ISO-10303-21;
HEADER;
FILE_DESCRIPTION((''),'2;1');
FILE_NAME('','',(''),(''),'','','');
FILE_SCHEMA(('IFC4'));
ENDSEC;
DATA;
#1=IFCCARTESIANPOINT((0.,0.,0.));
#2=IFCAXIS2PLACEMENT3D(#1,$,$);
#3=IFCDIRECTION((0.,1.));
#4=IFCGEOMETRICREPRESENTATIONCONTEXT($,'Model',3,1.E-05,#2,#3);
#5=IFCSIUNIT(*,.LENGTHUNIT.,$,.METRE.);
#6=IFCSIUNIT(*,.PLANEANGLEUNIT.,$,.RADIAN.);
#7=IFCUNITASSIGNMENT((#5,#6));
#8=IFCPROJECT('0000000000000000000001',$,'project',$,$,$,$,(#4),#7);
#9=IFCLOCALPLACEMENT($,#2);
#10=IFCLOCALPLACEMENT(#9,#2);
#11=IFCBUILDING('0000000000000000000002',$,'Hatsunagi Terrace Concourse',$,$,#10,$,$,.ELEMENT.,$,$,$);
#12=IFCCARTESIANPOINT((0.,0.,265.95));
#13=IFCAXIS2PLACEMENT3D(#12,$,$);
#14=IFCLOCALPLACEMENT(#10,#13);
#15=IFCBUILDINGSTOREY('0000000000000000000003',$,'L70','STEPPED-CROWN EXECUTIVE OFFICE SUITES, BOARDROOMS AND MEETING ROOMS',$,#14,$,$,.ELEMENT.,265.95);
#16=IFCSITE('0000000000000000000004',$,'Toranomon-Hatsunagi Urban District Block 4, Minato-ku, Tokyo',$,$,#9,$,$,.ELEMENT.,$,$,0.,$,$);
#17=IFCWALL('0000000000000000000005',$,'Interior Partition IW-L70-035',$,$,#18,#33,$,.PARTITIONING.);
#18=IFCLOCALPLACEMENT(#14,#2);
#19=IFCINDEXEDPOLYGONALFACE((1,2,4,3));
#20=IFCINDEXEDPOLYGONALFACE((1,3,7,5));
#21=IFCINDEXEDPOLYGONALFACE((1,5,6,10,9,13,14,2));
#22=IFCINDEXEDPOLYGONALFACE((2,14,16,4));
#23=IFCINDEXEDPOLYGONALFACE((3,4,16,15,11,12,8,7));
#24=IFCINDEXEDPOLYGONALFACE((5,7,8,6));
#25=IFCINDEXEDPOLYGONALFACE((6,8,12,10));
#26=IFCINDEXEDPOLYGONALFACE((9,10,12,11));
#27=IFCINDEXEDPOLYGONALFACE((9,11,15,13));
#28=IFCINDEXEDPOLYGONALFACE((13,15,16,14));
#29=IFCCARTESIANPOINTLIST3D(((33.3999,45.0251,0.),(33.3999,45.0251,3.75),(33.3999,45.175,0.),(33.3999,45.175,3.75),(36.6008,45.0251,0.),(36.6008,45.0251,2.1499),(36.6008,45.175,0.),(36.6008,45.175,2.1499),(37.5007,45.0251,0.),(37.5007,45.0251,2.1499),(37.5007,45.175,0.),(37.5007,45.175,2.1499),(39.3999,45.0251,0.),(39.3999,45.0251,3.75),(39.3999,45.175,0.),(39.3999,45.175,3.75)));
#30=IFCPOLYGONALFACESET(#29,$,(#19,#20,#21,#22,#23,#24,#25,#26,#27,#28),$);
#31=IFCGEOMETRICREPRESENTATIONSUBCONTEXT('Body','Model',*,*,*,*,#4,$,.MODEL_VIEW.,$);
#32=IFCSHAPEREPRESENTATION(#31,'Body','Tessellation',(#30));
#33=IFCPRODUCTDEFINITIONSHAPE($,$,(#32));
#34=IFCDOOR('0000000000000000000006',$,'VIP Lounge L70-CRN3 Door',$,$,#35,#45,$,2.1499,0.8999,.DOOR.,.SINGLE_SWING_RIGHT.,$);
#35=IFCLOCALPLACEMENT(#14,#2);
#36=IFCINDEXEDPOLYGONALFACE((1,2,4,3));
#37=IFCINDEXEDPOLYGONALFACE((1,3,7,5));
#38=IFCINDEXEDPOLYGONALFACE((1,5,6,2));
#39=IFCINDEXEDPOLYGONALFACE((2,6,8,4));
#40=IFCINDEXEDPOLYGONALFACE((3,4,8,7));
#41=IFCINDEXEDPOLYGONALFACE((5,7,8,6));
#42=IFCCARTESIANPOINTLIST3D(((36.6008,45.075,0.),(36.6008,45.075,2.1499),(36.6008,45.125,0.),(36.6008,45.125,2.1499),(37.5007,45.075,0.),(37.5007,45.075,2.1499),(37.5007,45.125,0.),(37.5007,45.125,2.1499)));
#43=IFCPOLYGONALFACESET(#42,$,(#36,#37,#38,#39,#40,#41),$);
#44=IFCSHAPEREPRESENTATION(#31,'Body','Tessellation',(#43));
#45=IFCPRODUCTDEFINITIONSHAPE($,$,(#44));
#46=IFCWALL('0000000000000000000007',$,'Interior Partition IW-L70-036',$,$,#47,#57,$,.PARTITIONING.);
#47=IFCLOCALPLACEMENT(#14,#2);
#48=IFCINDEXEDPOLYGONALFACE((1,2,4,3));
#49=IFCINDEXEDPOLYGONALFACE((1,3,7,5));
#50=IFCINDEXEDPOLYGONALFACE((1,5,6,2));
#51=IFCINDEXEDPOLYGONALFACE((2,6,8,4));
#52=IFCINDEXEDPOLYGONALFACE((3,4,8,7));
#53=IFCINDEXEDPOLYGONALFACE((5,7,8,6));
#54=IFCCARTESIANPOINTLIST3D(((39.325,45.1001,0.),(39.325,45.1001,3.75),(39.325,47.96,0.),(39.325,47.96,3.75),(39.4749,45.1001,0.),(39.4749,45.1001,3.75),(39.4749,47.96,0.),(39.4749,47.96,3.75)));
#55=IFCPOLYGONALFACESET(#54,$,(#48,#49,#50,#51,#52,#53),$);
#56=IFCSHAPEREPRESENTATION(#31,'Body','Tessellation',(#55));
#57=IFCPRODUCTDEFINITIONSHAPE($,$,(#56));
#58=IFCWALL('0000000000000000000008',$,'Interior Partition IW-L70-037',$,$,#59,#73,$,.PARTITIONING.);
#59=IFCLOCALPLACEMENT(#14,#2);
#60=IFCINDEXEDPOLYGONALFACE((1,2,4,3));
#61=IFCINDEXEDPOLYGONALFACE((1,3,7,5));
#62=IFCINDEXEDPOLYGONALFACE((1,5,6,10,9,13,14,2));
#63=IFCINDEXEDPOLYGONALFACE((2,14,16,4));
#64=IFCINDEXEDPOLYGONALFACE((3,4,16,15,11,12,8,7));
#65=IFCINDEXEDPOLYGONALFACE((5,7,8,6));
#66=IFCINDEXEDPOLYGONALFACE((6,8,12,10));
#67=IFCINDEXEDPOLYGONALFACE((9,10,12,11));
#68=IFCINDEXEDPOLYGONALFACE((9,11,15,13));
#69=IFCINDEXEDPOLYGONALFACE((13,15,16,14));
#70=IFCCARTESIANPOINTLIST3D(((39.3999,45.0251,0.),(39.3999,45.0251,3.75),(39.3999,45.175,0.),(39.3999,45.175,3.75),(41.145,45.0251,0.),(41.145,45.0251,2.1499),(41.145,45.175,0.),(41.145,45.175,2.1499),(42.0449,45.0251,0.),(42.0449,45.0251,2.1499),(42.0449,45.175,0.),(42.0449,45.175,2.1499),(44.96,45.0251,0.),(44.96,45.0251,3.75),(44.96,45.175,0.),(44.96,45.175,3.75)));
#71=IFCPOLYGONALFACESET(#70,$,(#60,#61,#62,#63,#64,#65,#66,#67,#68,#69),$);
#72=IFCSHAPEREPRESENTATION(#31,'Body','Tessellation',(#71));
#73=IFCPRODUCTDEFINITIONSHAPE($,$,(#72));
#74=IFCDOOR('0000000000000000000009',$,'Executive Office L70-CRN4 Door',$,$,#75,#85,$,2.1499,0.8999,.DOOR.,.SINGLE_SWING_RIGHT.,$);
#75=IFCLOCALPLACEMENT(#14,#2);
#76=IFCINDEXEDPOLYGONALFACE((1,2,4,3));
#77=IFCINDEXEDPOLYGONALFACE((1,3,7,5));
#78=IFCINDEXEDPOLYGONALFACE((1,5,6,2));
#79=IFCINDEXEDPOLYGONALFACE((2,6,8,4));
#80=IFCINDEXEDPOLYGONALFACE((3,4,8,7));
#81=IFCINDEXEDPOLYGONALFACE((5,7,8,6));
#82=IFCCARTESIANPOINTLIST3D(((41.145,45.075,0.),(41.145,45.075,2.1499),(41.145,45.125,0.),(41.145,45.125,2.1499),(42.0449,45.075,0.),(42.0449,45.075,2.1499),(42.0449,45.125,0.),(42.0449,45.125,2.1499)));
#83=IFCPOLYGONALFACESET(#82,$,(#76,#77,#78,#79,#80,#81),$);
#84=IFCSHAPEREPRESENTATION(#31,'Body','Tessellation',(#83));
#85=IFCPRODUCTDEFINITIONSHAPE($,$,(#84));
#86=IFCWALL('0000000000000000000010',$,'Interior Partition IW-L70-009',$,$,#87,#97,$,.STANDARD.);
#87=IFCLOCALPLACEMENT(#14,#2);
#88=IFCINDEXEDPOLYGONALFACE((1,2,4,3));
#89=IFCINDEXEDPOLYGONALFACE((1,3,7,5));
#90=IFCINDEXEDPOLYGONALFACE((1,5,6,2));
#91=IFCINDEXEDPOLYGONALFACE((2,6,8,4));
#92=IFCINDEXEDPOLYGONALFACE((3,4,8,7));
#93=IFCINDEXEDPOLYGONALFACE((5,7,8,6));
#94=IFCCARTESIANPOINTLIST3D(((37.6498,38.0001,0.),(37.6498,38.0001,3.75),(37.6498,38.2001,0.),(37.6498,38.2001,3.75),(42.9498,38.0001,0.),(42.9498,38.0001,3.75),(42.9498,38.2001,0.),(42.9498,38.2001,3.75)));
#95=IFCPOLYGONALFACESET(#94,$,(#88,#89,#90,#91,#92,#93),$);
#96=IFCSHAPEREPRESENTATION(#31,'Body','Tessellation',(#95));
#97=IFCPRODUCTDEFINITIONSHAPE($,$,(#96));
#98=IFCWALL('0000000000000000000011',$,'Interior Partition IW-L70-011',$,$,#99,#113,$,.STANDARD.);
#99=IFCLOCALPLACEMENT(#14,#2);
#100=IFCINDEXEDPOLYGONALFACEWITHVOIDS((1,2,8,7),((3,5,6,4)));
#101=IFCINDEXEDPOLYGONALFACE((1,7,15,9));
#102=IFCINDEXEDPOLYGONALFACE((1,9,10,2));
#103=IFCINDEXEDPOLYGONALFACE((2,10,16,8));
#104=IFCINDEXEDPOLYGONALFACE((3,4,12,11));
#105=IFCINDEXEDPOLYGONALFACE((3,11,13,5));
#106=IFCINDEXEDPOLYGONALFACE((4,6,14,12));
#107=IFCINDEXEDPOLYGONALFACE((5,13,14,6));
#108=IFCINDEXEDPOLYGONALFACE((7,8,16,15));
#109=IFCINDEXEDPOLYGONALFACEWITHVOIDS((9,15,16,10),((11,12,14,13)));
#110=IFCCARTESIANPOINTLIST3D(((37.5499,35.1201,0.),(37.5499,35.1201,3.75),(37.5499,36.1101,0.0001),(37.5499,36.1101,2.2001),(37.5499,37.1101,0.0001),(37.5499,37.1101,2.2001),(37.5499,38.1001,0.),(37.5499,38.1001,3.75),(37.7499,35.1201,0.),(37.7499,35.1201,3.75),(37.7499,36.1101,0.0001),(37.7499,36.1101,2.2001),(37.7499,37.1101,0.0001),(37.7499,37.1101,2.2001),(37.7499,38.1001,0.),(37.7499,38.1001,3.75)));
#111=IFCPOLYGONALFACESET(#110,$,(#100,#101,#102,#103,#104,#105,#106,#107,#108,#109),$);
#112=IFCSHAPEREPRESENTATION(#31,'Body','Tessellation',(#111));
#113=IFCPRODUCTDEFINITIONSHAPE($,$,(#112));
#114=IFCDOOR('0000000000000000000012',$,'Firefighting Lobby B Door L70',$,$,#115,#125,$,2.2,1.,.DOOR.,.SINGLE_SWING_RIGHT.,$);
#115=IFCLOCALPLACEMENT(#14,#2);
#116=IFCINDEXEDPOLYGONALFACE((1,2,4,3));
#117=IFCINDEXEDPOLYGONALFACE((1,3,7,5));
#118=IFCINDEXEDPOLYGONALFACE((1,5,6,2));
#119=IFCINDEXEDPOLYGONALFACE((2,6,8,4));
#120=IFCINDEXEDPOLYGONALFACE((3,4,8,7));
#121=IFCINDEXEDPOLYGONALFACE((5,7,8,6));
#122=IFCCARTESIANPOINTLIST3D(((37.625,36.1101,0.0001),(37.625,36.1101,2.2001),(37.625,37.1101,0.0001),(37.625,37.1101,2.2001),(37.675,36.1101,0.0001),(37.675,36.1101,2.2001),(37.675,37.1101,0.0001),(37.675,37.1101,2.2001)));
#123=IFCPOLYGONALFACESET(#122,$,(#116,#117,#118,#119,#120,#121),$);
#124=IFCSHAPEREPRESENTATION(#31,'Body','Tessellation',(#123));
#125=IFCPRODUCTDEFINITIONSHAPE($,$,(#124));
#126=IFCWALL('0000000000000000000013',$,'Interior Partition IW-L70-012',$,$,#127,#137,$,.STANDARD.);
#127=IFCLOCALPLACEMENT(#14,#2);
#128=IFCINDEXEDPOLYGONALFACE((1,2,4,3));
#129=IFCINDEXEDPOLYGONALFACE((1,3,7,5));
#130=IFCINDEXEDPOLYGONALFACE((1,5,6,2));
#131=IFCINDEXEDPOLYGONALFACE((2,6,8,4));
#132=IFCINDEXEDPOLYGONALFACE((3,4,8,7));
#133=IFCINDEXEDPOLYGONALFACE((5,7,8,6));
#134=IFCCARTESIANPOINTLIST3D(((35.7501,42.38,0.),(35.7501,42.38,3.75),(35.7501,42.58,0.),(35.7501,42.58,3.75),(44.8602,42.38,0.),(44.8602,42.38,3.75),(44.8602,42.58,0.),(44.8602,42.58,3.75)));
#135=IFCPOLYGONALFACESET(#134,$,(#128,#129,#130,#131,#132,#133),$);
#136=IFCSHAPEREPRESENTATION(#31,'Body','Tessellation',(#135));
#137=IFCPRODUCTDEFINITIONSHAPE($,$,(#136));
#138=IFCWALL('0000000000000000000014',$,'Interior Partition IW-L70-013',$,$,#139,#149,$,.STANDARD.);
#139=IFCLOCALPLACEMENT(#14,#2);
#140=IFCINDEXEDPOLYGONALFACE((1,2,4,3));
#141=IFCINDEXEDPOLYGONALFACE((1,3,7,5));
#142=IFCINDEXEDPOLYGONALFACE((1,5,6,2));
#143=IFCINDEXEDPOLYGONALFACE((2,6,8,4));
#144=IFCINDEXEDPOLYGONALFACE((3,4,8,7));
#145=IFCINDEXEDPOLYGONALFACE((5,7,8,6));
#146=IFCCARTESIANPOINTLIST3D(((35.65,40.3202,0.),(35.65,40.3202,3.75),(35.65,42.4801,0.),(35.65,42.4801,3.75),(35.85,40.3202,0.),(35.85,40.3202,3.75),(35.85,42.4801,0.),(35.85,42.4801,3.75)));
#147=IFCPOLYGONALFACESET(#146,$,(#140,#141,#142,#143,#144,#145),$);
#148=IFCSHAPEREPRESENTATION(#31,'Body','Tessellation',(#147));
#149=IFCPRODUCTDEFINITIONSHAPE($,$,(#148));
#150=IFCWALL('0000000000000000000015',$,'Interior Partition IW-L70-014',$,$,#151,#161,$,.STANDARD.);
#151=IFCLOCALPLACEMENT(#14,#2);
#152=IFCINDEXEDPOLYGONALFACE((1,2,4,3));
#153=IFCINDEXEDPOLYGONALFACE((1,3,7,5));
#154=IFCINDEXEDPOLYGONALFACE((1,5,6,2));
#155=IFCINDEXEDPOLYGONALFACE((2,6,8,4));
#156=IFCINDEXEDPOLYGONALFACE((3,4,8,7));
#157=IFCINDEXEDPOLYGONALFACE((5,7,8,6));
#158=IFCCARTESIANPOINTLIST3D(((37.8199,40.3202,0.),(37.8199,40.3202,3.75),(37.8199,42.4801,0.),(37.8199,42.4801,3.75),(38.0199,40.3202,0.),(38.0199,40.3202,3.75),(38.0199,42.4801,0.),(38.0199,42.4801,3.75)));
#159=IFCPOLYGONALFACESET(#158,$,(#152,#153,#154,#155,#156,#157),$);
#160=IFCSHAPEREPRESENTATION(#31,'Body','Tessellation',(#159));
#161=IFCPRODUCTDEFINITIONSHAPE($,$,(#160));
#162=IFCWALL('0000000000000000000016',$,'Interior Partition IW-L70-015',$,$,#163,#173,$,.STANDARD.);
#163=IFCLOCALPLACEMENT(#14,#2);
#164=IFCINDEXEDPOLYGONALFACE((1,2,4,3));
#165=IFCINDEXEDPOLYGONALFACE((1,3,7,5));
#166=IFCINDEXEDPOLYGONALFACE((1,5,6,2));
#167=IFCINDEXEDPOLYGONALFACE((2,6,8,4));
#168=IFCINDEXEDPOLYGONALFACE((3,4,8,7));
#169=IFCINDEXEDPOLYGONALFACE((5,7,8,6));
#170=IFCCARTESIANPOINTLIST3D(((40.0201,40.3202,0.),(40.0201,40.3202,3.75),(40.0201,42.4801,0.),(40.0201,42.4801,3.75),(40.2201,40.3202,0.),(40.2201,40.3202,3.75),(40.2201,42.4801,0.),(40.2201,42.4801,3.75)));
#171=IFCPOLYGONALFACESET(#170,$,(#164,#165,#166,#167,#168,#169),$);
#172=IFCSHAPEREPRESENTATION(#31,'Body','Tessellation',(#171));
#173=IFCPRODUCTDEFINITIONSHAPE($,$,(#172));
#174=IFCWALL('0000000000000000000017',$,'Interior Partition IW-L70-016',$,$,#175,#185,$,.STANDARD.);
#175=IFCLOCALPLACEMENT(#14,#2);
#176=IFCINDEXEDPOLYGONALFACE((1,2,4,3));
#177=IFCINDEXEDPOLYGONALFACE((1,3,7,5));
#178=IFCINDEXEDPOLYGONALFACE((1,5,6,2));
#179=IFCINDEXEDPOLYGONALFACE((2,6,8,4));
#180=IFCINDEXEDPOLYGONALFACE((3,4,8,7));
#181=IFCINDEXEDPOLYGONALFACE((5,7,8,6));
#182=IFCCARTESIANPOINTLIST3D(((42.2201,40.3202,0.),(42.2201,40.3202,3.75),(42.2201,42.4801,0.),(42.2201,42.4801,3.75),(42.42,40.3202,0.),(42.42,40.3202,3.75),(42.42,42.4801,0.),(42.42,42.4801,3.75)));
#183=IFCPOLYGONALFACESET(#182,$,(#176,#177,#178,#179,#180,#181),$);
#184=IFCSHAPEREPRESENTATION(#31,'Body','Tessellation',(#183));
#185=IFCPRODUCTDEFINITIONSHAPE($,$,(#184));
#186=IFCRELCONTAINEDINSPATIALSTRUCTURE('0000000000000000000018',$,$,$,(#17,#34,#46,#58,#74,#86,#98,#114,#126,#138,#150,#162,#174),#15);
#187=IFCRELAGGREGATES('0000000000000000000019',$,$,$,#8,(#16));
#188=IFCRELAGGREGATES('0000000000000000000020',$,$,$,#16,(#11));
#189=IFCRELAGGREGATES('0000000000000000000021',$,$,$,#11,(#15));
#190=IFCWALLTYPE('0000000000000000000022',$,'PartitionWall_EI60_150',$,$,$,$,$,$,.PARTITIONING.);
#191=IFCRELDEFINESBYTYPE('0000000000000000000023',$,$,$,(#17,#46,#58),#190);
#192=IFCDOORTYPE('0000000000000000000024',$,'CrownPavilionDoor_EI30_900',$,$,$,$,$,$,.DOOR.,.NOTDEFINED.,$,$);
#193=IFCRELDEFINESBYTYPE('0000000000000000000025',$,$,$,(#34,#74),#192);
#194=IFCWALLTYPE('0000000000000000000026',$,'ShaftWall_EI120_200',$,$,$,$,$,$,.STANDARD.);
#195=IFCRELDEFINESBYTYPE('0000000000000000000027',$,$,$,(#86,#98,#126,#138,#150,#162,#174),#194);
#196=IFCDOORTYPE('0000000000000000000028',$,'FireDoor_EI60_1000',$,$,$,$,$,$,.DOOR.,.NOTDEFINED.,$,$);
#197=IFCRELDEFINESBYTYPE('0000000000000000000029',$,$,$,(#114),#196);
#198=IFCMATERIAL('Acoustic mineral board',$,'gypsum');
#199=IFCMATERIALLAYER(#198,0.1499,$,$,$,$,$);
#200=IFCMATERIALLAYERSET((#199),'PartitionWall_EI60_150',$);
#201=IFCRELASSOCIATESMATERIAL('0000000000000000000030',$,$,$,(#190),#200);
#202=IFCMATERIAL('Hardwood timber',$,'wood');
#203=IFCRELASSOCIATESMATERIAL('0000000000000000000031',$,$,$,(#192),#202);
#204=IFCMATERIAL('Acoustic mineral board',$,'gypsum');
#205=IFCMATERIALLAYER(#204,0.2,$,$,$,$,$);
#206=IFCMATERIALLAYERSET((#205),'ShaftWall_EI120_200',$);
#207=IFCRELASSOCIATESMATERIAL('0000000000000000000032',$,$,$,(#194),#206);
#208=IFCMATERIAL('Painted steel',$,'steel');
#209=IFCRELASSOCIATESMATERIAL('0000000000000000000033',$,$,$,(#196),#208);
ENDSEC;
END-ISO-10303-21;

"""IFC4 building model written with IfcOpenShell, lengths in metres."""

from ifc_helpers import new_model, si_unit, direction, frame, frame_2d, origin, place, context, subcontext, project, spatial, rectangle, extrude, material, layer, layer_set, type_object, element, fill, save


model = new_model("IFC4")

# Units and contexts
model_context = context("Model", 3, precision=1e-05, world=origin(), true_north=direction((0.0, 1.0)))
body_context = subcontext(model_context, "Body", "Model", "MODEL_VIEW")
ifc_project = project(units=[si_unit("LENGTHUNIT", "METRE"), si_unit("PLANEANGLEUNIT", "RADIAN")], contexts=[model_context])

# Site, building, storey
site_placement = place(None, origin())
site = spatial("IfcSite", under=ifc_project, at=site_placement, Name="Toranomon-Hatsunagi Urban District Block 4, Minato-ku, Tokyo", CompositionType="ELEMENT", RefElevation=0.0)
building_placement = place(site_placement, origin())
building = spatial("IfcBuilding", under=site, at=building_placement, Name="Hatsunagi Terrace Concourse", CompositionType="ELEMENT")
storey_placement = place(building_placement, frame((0.0, 0.0, 265.95)))
storey = spatial("IfcBuildingStorey", under=building, at=storey_placement, Name="L70", Description="STEPPED-CROWN EXECUTIVE OFFICE SUITES, BOARDROOMS AND MEETING ROOMS", CompositionType="ELEMENT", Elevation=265.95)

# Shared definitions
ifc_material_1 = material(Name="Acoustic mineral board", Category="gypsum")
ifc_layer_1 = layer(ifc_material_1, 0.1499)
ifc_layer_set_1 = layer_set([ifc_layer_1], Name="PartitionWall_EI60_150")
wall_type_1 = type_object("IfcWallType", Name="PartitionWall_EI60_150", PredefinedType="PARTITIONING", material=ifc_layer_set_1)

# Wall, opening, door
wall_1_placement = place(storey_placement, frame((33.3999, 45.1001, 0.0), z_axis=(0.0, 0.0, 1.0), x_axis=(1.0, 0.0, 0.0)))
wall_1 = element("IfcWall", 1, at=wall_1_placement, inside=storey, type_object=wall_type_1, Name="Interior Partition IW-L70-035", PredefinedType="PARTITIONING", context=body_context, shape_type="SweptSolid", body=[
    extrude(rectangle(XDim=6.0, YDim=0.1499, at=frame_2d((3.0, 0.0))), origin(), (0.0, 0.0, 1.0), 3.75),
])
opening_1_placement = place(wall_1_placement, frame((3.2009, 0.0, 0.0)))
opening_1 = element("IfcOpeningElement", 2, at=opening_1_placement, cuts=wall_1, PredefinedType="OPENING", context=body_context, shape_type="SweptSolid", body=[
    extrude(rectangle(XDim=0.8999, YDim=2.1499, at=frame_2d((0.45, 1.075))), frame((0.0, 0.085, 0.0), z_axis=(0.0, -1.0, 0.0), x_axis=(1.0, 0.0, 0.0)), (0.0, 0.0, 1.0), 0.1699),
])
ifc_material_2 = material(Name="Hardwood timber", Category="wood")
door_type_1 = type_object("IfcDoorType", Name="CrownPavilionDoor_EI30_900", OperationType="NOTDEFINED", PredefinedType="DOOR", material=ifc_material_2)
door_1_placement = place(opening_1_placement, origin())
door_1 = element("IfcDoor", 3, at=door_1_placement, inside=storey, type_object=door_type_1, Name="VIP Lounge L70-CRN3 Door", OperationType="SINGLE_SWING_RIGHT", OverallHeight=2.1499, OverallWidth=0.8999, PredefinedType="DOOR", context=body_context, shape_type="SweptSolid", body=[
    extrude(rectangle(XDim=0.8999, YDim=2.1499, at=frame_2d((0.45, 1.075))), frame((0.0, 0.0249, 0.0), z_axis=(0.0, -1.0, 0.0), x_axis=(1.0, 0.0, 0.0)), (0.0, 0.0, 1.0), 0.05),
])
fill(opening_1, door_1)

# Wall
wall_2_placement = place(storey_placement, frame((39.3999, 45.1001, 0.0), z_axis=(0.0, 0.0, 1.0), x_axis=(0.0, 1.0, 0.0)))
element("IfcWall", 4, at=wall_2_placement, inside=storey, type_object=wall_type_1, Name="Interior Partition IW-L70-036", PredefinedType="PARTITIONING", context=body_context, shape_type="SweptSolid", body=[
    extrude(rectangle(XDim=2.8599, YDim=0.1499, at=frame_2d((1.4299, 0.0))), origin(), (0.0, 0.0, 1.0), 3.75),
])

# Wall, opening, door
wall_3_placement = place(storey_placement, frame((39.3999, 45.1001, 0.0), z_axis=(0.0, 0.0, 1.0), x_axis=(1.0, 0.0, 0.0)))
wall_3 = element("IfcWall", 5, at=wall_3_placement, inside=storey, type_object=wall_type_1, Name="Interior Partition IW-L70-037", PredefinedType="PARTITIONING", context=body_context, shape_type="SweptSolid", body=[
    extrude(rectangle(XDim=5.5601, YDim=0.1499, at=frame_2d((2.78, 0.0))), origin(), (0.0, 0.0, 1.0), 3.75),
])
opening_2_placement = place(wall_3_placement, frame((1.7451, 0.0, 0.0)))
opening_2 = element("IfcOpeningElement", 6, at=opening_2_placement, cuts=wall_3, PredefinedType="OPENING", context=body_context, shape_type="SweptSolid", body=[
    extrude(rectangle(XDim=0.8999, YDim=2.1499, at=frame_2d((0.45, 1.075))), frame((0.0, 0.085, 0.0), z_axis=(0.0, -1.0, 0.0), x_axis=(1.0, 0.0, 0.0)), (0.0, 0.0, 1.0), 0.1699),
])
door_2_placement = place(opening_2_placement, origin())
door_2 = element("IfcDoor", 7, at=door_2_placement, inside=storey, type_object=door_type_1, Name="Executive Office L70-CRN4 Door", OperationType="SINGLE_SWING_RIGHT", OverallHeight=2.1499, OverallWidth=0.8999, PredefinedType="DOOR", context=body_context, shape_type="SweptSolid", body=[
    extrude(rectangle(XDim=0.8999, YDim=2.1499, at=frame_2d((0.45, 1.075))), frame((0.0, 0.0249, 0.0), z_axis=(0.0, -1.0, 0.0), x_axis=(1.0, 0.0, 0.0)), (0.0, 0.0, 1.0), 0.05),
])
fill(opening_2, door_2)

# Wall
ifc_material_3 = material(Name="Acoustic mineral board", Category="gypsum")
ifc_layer_2 = layer(ifc_material_3, 0.2)
ifc_layer_set_2 = layer_set([ifc_layer_2], Name="ShaftWall_EI120_200")
wall_type_2 = type_object("IfcWallType", Name="ShaftWall_EI120_200", PredefinedType="STANDARD", material=ifc_layer_set_2)
wall_4_placement = place(storey_placement, frame((37.6499, 38.1001, 0.0), z_axis=(0.0, 0.0, 1.0), x_axis=(1.0, 0.0, 0.0)))
element("IfcWall", 8, at=wall_4_placement, inside=storey, type_object=wall_type_2, Name="Interior Partition IW-L70-009", PredefinedType="STANDARD", context=body_context, shape_type="SweptSolid", body=[
    extrude(rectangle(XDim=5.3, YDim=0.2, at=frame_2d((2.6499, 0.0))), origin(), (0.0, 0.0, 1.0), 3.75),
])

# Wall, opening, door
wall_5_placement = place(storey_placement, frame((37.6499, 35.1201, 0.0), z_axis=(0.0, 0.0, 1.0), x_axis=(0.0, 1.0, 0.0)))
wall_5 = element("IfcWall", 9, at=wall_5_placement, inside=storey, type_object=wall_type_2, Name="Interior Partition IW-L70-011", PredefinedType="STANDARD", context=body_context, shape_type="SweptSolid", body=[
    extrude(rectangle(XDim=2.98, YDim=0.2, at=frame_2d((1.49, 0.0))), origin(), (0.0, 0.0, 1.0), 3.75),
])
opening_3_placement = place(wall_5_placement, frame((0.99, 0.0, 0.0)))
opening_3 = element("IfcOpeningElement", 10, at=opening_3_placement, cuts=wall_5, PredefinedType="OPENING", context=body_context, shape_type="SweptSolid", body=[
    extrude(rectangle(XDim=1.0, YDim=2.2, at=frame_2d((0.5, 1.1001))), frame((0.0, 0.1099, 0.0), z_axis=(0.0, -1.0, 0.0), x_axis=(1.0, 0.0, 0.0)), (0.0, 0.0, 1.0), 0.22),
])
ifc_material_4 = material(Name="Painted steel", Category="steel")
door_type_2 = type_object("IfcDoorType", Name="FireDoor_EI60_1000", OperationType="NOTDEFINED", PredefinedType="DOOR", material=ifc_material_4)
door_3_placement = place(opening_3_placement, origin())
door_3 = element("IfcDoor", 11, at=door_3_placement, inside=storey, type_object=door_type_2, Name="Firefighting Lobby B Door L70", OperationType="SINGLE_SWING_RIGHT", OverallHeight=2.2, OverallWidth=1.0, PredefinedType="DOOR", context=body_context, shape_type="SweptSolid", body=[
    extrude(rectangle(XDim=1.0, YDim=2.2, at=frame_2d((0.5, 1.1001))), frame((0.0, 0.0249, 0.0), z_axis=(0.0, -1.0, 0.0), x_axis=(1.0, 0.0, 0.0)), (0.0, 0.0, 1.0), 0.05),
])
fill(opening_3, door_3)

# Walls
wall_6_placement = place(storey_placement, frame((35.75, 42.48, 0.0), z_axis=(0.0, 0.0, 1.0), x_axis=(1.0, 0.0, 0.0)))
element("IfcWall", 12, at=wall_6_placement, inside=storey, type_object=wall_type_2, Name="Interior Partition IW-L70-012", PredefinedType="STANDARD", context=body_context, shape_type="SweptSolid", body=[
    extrude(rectangle(XDim=9.1101, YDim=0.2, at=frame_2d((4.5552, 0.0))), origin(), (0.0, 0.0, 1.0), 3.75),
])
for number, where, z_axis, x_axis, name in (
    (13, (35.75, 40.3201, 0.0), (0.0, 0.0, 1.0), (0.0, 1.0, 0.0), "Interior Partition IW-L70-013"),
    (14, (37.9199, 40.3201, 0.0), (0.0, 0.0, 1.0), (0.0, 1.0, 0.0), "Interior Partition IW-L70-014"),
    (15, (40.1201, 40.3201, 0.0), (0.0, 0.0, 1.0), (0.0, 1.0, 0.0), "Interior Partition IW-L70-015"),
    (16, (42.3201, 40.3201, 0.0), (0.0, 0.0, 1.0), (0.0, 1.0, 0.0), "Interior Partition IW-L70-016"),
):
    element("IfcWall", number, at=place(storey_placement, frame(where, z_axis=z_axis, x_axis=x_axis)), inside=storey, type_object=wall_type_2, Name=name, PredefinedType="STANDARD", context=body_context, shape_type="SweptSolid", body=[
        extrude(rectangle(XDim=2.1599, YDim=0.2, at=frame_2d((1.0801, 0.0))), origin(), (0.0, 0.0, 1.0), 3.75),
    ])

save(model, "model.ifc")
